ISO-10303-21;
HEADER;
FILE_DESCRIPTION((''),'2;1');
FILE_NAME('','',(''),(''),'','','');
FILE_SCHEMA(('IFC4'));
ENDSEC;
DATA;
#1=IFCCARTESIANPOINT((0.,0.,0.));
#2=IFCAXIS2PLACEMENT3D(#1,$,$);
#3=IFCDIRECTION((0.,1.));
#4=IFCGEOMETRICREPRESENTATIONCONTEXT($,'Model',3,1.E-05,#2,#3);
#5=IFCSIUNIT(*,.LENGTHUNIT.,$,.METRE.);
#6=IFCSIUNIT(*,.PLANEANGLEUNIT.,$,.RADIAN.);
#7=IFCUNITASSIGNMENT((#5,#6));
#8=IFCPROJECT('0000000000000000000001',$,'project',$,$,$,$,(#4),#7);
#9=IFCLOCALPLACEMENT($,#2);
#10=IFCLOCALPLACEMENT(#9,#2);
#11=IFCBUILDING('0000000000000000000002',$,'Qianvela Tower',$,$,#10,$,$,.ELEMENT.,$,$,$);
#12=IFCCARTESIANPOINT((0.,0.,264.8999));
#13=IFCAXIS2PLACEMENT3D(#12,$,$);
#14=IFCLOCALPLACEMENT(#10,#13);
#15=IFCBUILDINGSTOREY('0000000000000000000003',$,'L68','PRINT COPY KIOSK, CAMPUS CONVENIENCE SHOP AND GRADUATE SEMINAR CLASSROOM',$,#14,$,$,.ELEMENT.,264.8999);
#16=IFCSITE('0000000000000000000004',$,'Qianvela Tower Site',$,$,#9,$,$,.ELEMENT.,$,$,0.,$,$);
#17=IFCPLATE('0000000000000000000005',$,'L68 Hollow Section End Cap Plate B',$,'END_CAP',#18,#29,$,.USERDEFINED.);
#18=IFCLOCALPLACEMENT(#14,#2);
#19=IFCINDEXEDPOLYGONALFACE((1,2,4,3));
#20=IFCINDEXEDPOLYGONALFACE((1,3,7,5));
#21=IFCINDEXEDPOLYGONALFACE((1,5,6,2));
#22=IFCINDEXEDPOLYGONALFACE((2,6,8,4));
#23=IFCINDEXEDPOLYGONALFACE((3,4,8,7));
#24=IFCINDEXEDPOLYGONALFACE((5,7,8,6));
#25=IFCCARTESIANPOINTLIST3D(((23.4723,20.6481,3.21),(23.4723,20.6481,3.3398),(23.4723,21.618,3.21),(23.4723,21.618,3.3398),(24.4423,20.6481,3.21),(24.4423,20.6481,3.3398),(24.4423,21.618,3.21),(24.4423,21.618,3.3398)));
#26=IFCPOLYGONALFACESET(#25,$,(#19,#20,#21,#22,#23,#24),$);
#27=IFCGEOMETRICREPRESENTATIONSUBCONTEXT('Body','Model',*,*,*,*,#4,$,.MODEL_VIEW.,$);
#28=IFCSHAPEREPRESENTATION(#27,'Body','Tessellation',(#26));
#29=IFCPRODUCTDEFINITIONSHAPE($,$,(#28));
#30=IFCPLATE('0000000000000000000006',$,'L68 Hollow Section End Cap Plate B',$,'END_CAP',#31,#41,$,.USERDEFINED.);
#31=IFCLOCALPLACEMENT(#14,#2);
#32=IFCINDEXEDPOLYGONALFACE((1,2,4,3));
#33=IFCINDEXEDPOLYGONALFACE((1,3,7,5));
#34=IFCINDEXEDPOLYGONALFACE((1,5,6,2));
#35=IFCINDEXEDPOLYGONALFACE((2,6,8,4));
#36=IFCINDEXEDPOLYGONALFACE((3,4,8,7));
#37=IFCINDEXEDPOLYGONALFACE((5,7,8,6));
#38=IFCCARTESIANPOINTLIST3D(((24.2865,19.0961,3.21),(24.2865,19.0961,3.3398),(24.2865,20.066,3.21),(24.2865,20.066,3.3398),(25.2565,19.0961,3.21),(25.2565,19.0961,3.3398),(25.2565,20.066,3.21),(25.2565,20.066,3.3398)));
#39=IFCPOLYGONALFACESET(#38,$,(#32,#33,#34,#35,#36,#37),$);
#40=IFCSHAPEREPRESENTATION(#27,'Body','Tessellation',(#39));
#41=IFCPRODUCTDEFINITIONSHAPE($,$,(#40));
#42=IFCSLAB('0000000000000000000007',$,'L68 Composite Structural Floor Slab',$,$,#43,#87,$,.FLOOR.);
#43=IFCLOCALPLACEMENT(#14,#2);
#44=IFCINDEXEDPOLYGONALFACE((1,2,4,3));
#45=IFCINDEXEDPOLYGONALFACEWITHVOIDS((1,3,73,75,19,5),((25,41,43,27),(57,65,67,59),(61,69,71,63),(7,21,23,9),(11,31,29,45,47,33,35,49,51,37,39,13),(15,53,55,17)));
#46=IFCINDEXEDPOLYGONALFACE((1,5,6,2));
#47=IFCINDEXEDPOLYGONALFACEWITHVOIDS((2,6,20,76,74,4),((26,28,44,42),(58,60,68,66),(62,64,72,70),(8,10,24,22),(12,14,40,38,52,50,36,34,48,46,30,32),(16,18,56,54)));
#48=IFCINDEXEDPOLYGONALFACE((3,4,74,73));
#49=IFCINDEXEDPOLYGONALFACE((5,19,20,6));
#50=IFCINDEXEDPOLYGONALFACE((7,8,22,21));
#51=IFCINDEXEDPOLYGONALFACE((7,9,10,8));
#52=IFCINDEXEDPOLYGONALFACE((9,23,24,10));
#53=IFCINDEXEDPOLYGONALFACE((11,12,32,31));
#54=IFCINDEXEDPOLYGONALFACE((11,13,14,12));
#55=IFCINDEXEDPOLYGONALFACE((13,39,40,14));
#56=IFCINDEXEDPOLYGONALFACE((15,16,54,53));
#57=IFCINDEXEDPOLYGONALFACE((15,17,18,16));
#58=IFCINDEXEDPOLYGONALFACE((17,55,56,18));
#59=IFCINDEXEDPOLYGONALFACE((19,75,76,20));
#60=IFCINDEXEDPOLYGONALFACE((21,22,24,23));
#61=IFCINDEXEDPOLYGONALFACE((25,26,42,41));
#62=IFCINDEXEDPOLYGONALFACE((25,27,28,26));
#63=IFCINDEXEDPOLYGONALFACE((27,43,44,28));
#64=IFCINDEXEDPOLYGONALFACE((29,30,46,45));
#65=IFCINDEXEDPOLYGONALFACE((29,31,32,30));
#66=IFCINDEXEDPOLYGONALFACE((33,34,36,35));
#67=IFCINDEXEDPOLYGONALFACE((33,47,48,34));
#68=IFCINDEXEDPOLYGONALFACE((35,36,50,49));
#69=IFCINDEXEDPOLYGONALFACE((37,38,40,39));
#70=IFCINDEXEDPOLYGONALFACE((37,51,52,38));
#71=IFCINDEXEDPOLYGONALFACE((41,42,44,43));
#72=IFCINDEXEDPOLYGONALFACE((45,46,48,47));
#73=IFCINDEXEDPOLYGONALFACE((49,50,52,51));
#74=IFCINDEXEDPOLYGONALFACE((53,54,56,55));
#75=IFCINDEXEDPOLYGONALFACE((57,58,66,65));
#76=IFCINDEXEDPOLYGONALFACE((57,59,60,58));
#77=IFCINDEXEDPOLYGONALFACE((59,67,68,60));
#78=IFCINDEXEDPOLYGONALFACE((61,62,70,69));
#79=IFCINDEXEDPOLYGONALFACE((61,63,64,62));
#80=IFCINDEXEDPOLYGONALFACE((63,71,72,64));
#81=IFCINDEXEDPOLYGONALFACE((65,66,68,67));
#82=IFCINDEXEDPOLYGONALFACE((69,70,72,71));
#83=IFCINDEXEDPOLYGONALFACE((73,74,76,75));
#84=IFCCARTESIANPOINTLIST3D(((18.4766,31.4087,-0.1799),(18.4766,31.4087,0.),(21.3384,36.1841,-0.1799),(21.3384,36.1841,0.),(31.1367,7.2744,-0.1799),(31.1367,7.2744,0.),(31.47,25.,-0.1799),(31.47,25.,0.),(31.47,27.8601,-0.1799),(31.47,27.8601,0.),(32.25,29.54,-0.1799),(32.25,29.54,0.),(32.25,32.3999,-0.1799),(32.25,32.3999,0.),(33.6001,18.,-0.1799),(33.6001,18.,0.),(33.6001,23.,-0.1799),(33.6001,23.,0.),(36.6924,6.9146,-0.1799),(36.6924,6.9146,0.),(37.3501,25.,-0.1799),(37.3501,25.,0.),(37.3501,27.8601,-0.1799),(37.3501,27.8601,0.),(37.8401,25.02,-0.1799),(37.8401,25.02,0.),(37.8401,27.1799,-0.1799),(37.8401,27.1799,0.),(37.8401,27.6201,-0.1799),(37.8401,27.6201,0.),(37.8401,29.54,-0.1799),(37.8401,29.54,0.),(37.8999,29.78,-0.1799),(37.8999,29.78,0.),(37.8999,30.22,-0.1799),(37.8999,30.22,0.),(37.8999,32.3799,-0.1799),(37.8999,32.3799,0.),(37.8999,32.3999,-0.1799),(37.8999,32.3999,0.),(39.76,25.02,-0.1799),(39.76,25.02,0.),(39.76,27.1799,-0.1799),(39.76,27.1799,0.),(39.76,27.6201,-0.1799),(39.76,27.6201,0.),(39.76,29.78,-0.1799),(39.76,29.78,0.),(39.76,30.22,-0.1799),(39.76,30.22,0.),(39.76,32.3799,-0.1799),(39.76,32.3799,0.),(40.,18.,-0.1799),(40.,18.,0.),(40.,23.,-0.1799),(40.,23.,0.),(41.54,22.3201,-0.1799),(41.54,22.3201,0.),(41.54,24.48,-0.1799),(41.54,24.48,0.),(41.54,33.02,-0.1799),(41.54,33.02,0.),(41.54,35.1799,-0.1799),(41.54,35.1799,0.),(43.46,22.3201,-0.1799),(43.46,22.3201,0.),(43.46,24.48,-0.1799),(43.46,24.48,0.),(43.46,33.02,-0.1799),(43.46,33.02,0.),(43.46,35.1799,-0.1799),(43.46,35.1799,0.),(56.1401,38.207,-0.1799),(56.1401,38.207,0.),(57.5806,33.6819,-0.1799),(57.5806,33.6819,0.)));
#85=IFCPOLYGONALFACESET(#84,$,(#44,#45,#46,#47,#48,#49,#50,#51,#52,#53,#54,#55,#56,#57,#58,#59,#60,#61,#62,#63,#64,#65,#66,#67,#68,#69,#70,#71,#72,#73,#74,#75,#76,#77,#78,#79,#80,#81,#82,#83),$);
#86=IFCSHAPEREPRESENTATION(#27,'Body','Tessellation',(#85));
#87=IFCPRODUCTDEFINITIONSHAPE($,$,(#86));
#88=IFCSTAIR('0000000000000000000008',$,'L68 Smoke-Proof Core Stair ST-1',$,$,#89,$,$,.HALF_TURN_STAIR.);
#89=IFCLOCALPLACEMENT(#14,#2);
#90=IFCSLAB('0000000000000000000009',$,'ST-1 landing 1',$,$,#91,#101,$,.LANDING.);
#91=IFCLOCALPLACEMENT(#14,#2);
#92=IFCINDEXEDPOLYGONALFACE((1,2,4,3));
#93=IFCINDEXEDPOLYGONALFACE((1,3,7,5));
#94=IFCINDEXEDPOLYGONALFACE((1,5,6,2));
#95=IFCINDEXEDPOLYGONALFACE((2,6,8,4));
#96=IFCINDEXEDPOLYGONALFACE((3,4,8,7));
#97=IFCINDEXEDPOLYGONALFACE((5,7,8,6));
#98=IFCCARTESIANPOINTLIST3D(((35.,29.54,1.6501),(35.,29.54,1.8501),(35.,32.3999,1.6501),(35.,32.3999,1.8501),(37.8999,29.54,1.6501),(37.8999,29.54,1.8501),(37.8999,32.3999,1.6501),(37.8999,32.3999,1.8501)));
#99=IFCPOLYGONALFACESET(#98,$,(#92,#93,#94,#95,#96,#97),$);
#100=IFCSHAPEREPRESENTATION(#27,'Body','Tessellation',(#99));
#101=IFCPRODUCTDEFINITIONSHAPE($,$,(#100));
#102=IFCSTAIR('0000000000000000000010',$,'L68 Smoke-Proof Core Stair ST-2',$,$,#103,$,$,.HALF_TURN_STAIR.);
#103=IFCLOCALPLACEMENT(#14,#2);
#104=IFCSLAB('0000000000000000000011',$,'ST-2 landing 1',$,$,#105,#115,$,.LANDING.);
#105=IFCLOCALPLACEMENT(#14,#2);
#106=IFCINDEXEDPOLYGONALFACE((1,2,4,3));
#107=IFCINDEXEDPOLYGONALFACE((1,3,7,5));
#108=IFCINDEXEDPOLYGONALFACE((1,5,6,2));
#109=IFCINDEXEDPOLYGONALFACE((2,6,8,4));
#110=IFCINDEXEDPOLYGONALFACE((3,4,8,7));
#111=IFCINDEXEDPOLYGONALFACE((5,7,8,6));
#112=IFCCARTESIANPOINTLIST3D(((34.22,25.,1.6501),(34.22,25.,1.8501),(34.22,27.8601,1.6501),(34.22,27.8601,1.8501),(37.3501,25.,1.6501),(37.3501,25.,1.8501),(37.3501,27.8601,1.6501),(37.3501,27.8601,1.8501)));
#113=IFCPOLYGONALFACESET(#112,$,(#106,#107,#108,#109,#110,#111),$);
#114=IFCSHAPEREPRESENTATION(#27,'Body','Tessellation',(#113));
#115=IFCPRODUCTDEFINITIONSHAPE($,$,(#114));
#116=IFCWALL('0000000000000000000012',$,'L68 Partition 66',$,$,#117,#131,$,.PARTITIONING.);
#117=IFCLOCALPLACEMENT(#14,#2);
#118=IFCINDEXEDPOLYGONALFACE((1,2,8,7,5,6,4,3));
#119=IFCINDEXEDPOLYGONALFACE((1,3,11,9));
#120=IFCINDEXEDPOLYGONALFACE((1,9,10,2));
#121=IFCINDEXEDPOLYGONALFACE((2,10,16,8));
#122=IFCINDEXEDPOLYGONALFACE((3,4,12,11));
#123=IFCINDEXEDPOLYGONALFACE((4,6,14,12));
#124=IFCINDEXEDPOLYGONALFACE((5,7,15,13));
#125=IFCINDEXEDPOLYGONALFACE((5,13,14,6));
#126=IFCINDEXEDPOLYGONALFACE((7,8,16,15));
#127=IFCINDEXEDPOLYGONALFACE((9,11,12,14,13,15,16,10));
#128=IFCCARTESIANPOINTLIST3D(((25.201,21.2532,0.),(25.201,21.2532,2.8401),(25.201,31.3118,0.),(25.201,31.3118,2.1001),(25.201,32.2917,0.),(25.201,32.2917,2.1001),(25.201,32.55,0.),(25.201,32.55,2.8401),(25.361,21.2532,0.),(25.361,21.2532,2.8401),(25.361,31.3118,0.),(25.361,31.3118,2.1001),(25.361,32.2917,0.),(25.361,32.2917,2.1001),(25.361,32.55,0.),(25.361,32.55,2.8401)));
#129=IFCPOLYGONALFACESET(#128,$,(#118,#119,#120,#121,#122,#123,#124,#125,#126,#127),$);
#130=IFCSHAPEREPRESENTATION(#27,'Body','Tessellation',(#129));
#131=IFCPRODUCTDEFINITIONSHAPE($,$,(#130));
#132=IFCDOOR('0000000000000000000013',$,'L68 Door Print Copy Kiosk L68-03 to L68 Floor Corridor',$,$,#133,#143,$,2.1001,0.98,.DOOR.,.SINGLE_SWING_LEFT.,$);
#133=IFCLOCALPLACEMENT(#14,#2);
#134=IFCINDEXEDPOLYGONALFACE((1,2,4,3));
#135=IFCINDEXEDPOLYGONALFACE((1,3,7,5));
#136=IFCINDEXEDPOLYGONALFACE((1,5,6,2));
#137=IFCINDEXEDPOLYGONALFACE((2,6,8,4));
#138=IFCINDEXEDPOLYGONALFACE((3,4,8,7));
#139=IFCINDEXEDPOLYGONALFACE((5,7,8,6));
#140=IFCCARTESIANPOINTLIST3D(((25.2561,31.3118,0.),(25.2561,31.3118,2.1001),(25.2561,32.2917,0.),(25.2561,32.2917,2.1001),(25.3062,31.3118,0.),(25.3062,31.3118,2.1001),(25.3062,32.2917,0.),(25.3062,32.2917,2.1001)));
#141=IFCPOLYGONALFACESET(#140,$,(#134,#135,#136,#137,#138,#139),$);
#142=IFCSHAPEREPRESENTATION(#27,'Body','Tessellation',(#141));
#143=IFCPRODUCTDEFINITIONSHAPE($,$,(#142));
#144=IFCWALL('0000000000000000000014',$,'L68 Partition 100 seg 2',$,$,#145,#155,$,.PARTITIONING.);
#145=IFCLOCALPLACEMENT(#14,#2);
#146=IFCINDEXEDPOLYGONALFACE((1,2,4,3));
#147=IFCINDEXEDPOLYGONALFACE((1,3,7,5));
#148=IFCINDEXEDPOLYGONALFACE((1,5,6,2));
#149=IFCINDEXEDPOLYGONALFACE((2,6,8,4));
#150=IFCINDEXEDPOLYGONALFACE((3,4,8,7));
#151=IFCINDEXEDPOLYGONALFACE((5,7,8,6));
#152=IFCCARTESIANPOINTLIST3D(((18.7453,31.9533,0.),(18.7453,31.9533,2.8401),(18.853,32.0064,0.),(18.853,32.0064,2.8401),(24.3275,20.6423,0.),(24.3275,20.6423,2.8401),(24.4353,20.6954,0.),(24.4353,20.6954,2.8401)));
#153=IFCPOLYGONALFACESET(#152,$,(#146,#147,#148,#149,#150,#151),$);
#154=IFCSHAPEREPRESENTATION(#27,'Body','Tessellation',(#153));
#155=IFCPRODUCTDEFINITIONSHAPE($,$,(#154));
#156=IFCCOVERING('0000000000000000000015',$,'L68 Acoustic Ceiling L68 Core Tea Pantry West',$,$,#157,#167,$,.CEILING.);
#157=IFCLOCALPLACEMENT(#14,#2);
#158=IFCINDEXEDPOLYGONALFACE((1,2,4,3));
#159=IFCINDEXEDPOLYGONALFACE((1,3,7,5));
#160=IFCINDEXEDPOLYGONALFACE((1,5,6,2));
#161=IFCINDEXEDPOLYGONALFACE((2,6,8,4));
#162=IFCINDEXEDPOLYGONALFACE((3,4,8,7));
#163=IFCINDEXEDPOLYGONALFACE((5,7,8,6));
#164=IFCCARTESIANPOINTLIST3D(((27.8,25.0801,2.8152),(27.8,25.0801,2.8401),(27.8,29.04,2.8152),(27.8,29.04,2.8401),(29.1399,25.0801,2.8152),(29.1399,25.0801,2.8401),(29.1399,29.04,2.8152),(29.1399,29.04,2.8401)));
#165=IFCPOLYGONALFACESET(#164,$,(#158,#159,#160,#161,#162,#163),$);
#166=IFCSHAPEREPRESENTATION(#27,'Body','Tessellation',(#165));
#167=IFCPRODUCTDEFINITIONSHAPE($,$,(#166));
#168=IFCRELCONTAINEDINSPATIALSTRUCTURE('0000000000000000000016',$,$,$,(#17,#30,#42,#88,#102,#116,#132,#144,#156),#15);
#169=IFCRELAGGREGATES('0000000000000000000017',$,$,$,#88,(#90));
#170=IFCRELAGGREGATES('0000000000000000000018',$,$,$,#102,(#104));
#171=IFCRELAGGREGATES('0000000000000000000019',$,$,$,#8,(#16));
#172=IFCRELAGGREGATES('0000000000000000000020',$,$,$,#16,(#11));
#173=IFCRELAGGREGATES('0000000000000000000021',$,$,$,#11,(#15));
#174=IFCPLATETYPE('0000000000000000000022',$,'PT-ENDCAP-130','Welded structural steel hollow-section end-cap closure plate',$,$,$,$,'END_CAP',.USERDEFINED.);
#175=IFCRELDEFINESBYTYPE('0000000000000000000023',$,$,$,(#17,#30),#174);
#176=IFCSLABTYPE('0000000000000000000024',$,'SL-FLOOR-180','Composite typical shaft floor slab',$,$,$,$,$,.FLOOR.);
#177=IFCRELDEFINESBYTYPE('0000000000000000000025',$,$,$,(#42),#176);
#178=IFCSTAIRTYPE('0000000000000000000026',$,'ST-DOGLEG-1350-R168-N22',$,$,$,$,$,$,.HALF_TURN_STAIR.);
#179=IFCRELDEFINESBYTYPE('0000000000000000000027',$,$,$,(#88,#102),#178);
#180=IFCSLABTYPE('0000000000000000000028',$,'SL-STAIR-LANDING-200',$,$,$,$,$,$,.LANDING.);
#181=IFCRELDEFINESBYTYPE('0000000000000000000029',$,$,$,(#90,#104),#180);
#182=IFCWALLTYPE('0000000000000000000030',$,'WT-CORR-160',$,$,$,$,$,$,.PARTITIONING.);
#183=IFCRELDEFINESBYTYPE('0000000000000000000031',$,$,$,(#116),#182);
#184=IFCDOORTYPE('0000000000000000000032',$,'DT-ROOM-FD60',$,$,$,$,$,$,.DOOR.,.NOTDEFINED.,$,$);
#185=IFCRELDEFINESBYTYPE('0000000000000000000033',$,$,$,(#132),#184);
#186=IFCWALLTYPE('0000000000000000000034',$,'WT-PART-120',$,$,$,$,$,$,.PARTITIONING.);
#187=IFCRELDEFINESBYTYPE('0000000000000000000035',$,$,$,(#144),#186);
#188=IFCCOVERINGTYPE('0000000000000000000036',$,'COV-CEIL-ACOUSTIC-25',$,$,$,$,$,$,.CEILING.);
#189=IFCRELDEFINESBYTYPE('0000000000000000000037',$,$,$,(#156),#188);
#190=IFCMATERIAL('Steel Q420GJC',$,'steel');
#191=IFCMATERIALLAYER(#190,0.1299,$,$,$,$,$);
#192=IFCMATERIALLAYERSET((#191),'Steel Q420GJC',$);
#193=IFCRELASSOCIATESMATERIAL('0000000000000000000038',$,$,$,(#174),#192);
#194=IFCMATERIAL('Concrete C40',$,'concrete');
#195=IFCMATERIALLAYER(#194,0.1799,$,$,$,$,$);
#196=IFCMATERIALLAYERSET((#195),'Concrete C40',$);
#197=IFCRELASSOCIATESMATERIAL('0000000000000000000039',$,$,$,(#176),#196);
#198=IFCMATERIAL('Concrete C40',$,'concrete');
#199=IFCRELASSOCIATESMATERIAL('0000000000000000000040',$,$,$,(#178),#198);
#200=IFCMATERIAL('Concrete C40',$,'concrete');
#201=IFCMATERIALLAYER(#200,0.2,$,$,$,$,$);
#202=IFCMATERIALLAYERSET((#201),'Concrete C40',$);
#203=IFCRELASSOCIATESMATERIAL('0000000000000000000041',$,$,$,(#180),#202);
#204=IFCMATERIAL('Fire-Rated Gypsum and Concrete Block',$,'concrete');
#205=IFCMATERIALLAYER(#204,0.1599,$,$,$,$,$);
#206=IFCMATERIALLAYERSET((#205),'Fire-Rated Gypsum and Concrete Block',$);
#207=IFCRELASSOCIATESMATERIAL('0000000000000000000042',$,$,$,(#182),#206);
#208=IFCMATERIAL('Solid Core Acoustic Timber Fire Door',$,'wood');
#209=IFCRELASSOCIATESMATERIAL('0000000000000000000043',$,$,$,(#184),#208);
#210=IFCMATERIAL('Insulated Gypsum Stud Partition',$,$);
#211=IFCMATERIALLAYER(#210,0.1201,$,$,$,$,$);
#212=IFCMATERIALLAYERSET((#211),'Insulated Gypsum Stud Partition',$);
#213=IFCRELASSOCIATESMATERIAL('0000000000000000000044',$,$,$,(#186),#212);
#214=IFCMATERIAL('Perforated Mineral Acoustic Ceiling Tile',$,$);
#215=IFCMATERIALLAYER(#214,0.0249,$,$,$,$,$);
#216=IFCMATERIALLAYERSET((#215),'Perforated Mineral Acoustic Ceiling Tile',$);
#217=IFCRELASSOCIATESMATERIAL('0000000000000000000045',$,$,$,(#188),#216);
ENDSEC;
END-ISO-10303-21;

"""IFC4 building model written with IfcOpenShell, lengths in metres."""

from ifc_helpers import new_model, si_unit, direction, frame, frame_2d, origin, origin_2d, place, context, subcontext, project, spatial, polyline, rectangle, outline, extrude, material, layer, layer_set, type_object, element, fill, aggregate, save


model = new_model("IFC4")

# Units and contexts
model_context = context("Model", 3, precision=1e-05, world=origin(), true_north=direction((0.0, 1.0)))
body_context = subcontext(model_context, "Body", "Model", "MODEL_VIEW")
ifc_project = project(units=[si_unit("LENGTHUNIT", "METRE"), si_unit("PLANEANGLEUNIT", "RADIAN")], contexts=[model_context])

# Site, building, storey
site_placement = place(None, origin())
site = spatial("IfcSite", under=ifc_project, at=site_placement, Name="Qianvela Tower Site", CompositionType="ELEMENT", RefElevation=0.0)
building_placement = place(site_placement, origin())
building = spatial("IfcBuilding", under=site, at=building_placement, Name="Qianvela Tower", CompositionType="ELEMENT")
storey_placement = place(building_placement, frame((0.0, 0.0, 264.8999)))
storey = spatial("IfcBuildingStorey", under=building, at=storey_placement, Name="L68", Description="PRINT COPY KIOSK, CAMPUS CONVENIENCE SHOP AND GRADUATE SEMINAR CLASSROOM", CompositionType="ELEMENT", Elevation=264.8999)

# Plates
ifc_material_1 = material(Name="Steel Q420GJC", Category="steel")
ifc_layer_1 = layer(ifc_material_1, 0.1299)
ifc_layer_set_1 = layer_set([ifc_layer_1], Name="Steel Q420GJC")
plate_type_1 = type_object("IfcPlateType", Name="PT-ENDCAP-130", Description="Welded structural steel hollow-section end-cap closure plate", ElementType="END_CAP", PredefinedType="USERDEFINED", material=ifc_layer_set_1)
for number, where, z_axis, x_axis, name in (
    (1, (23.9573, 21.1331, 3.21), (0.0, 0.0, 1.0), (1.0, 0.0, 0.0), "L68 Hollow Section End Cap Plate B"),
    (2, (24.7715, 19.5811, 3.21), (0.0, 0.0, 1.0), (1.0, 0.0, 0.0), "L68 Hollow Section End Cap Plate B"),
):
    element("IfcPlate", number, at=place(storey_placement, frame(where, z_axis=z_axis, x_axis=x_axis)), inside=storey, type_object=plate_type_1, Name=name, ObjectType="END_CAP", PredefinedType="USERDEFINED", context=body_context, shape_type="SweptSolid", body=[
        extrude(rectangle(XDim=0.97, YDim=0.97, at=origin_2d()), origin(), (0.0, 0.0, 1.0), 0.1299),
    ])

# Slab
ifc_material_2 = material(Name="Concrete C40", Category="concrete")
ifc_layer_2 = layer(ifc_material_2, 0.1799)
ifc_layer_set_2 = layer_set([ifc_layer_2], Name="Concrete C40")
slab_type_1 = type_object("IfcSlabType", Name="SL-FLOOR-180", Description="Composite typical shaft floor slab", PredefinedType="FLOOR", material=ifc_layer_set_2)
slab_1_placement = place(storey_placement, frame((0.0, 0.0, -0.1799)))
element("IfcSlab", 3, at=slab_1_placement, inside=storey, type_object=slab_type_1, Name="L68 Composite Structural Floor Slab", PredefinedType="FLOOR", context=body_context, shape_type="SweptSolid", body=[
    extrude(outline(polyline([(57.5806, 33.6819), (56.1401, 38.207), (21.3384, 36.1841), (18.4766, 31.4087), (31.1367, 7.2744), (36.6924, 6.9146), (57.5806, 33.6819)]), holes=[polyline([(40.0, 23.0), (33.6001, 23.0), (33.6001, 18.0), (40.0, 18.0), (40.0, 23.0)]), polyline([(43.46, 24.48), (41.54, 24.48), (41.54, 22.3201), (43.46, 22.3201), (43.46, 24.48)]), polyline([(39.76, 27.1799), (37.8401, 27.1799), (37.8401, 25.02), (39.76, 25.02), (39.76, 27.1799)]), polyline([(37.3501, 27.8601), (31.47, 27.8601), (31.47, 25.0), (37.3501, 25.0), (37.3501, 27.8601)]), polyline([(39.76, 27.6201), (39.76, 29.78), (37.8999, 29.78), (37.8999, 30.22), (39.76, 30.22), (39.76, 32.3799), (37.8999, 32.3799), (37.8999, 32.3999), (32.25, 32.3999), (32.25, 29.54), (37.8401, 29.54), (37.8401, 27.6201), (39.76, 27.6201)]), polyline([(43.46, 35.1799), (41.54, 35.1799), (41.54, 33.02), (43.46, 33.02), (43.46, 35.1799)])]), origin(), (0.0, 0.0, 1.0), 0.1799),
])

# Stairs, slabs
ifc_material_3 = material(Name="Concrete C40", Category="concrete")
stair_type = type_object("IfcStairType", Name="ST-DOGLEG-1350-R168-N22", PredefinedType="HALF_TURN_STAIR", material=ifc_material_3)
stair_1_placement = place(storey_placement, origin())
stair_1 = element("IfcStair", 4, at=stair_1_placement, inside=storey, type_object=stair_type, Name="L68 Smoke-Proof Core Stair ST-1", PredefinedType="HALF_TURN_STAIR")
ifc_material_4 = material(Name="Concrete C40", Category="concrete")
ifc_layer_3 = layer(ifc_material_4, 0.2)
ifc_layer_set_3 = layer_set([ifc_layer_3], Name="Concrete C40")
slab_type_2 = type_object("IfcSlabType", Name="SL-STAIR-LANDING-200", PredefinedType="LANDING", material=ifc_layer_set_3)
slab_2_placement = place(storey_placement, frame((0.0, 0.0, 1.6501)))
slab_2 = element("IfcSlab", 5, at=slab_2_placement, type_object=slab_type_2, Name="ST-1 landing 1", PredefinedType="LANDING", context=body_context, shape_type="SweptSolid", body=[
    extrude(outline(polyline([(35.0, 29.54), (37.8999, 29.54), (37.8999, 32.3999), (35.0, 32.3999), (35.0, 29.54)])), origin(), (0.0, 0.0, 1.0), 0.2),
])
aggregate(stair_1, [slab_2])
stair_2_placement = place(storey_placement, origin())
stair_2 = element("IfcStair", 6, at=stair_2_placement, inside=storey, type_object=stair_type, Name="L68 Smoke-Proof Core Stair ST-2", PredefinedType="HALF_TURN_STAIR")
slab_3_placement = place(storey_placement, frame((0.0, 0.0, 1.6501)))
slab_3 = element("IfcSlab", 7, at=slab_3_placement, type_object=slab_type_2, Name="ST-2 landing 1", PredefinedType="LANDING", context=body_context, shape_type="SweptSolid", body=[
    extrude(outline(polyline([(34.22, 25.0), (37.3501, 25.0), (37.3501, 27.8601), (34.22, 27.8601), (34.22, 25.0)])), origin(), (0.0, 0.0, 1.0), 0.2),
])
aggregate(stair_2, [slab_3])

# Wall, opening, door
ifc_material_5 = material(Name="Fire-Rated Gypsum and Concrete Block", Category="concrete")
ifc_layer_4 = layer(ifc_material_5, 0.1599)
ifc_layer_set_4 = layer_set([ifc_layer_4], Name="Fire-Rated Gypsum and Concrete Block")
wall_type_1 = type_object("IfcWallType", Name="WT-CORR-160", PredefinedType="PARTITIONING", material=ifc_layer_set_4)
wall_1_placement = place(storey_placement, frame((25.281, 21.2532, 0.0), z_axis=(0.0, 0.0, 1.0), x_axis=(0.0, 1.0, 0.0)))
wall_1 = element("IfcWall", 8, at=wall_1_placement, inside=storey, type_object=wall_type_1, Name="L68 Partition 66", PredefinedType="PARTITIONING", context=body_context, shape_type="SweptSolid", body=[
    extrude(rectangle(XDim=11.2969, YDim=0.1599, at=frame_2d((5.6484, 0.0))), origin(), (0.0, 0.0, 1.0), 2.8401),
])
opening_placement = place(wall_1_placement, frame((10.0586, 0.0, 0.0)))
opening = element("IfcOpeningElement", 9, at=opening_placement, cuts=wall_1, PredefinedType="OPENING", context=body_context, shape_type="SweptSolid", body=[
    extrude(rectangle(XDim=0.98, YDim=2.1001, at=frame_2d((0.49, 1.05))), frame((0.0, 0.0898, 0.0), z_axis=(0.0, -1.0, 0.0), x_axis=(1.0, 0.0, 0.0)), (0.0, 0.0, 1.0), 0.1799),
])
ifc_material_6 = material(Name="Solid Core Acoustic Timber Fire Door", Category="wood")
door_type = type_object("IfcDoorType", Name="DT-ROOM-FD60", OperationType="NOTDEFINED", PredefinedType="DOOR", material=ifc_material_6)
door_placement = place(opening_placement, origin())
door = element("IfcDoor", 10, at=door_placement, inside=storey, type_object=door_type, Name="L68 Door Print Copy Kiosk L68-03 to L68 Floor Corridor", OperationType="SINGLE_SWING_LEFT", OverallHeight=2.1001, OverallWidth=0.98, PredefinedType="DOOR", context=body_context, shape_type="SweptSolid", body=[
    extrude(rectangle(XDim=0.98, YDim=2.1001, at=frame_2d((0.49, 1.05))), frame((0.0, 0.0249, 0.0), z_axis=(0.0, -1.0, 0.0), x_axis=(1.0, 0.0, 0.0)), (0.0, 0.0, 1.0), 0.05),
])
fill(opening, door)

# Wall
ifc_material_7 = material(Name="Insulated Gypsum Stud Partition")
ifc_layer_5 = layer(ifc_material_7, 0.1201)
ifc_layer_set_5 = layer_set([ifc_layer_5], Name="Insulated Gypsum Stud Partition")
wall_type_2 = type_object("IfcWallType", Name="WT-PART-120", PredefinedType="PARTITIONING", material=ifc_layer_set_5)
wall_2_placement = place(storey_placement, frame((24.3813, 20.6689, 0.0), z_axis=(0.0, 0.0, 1.0), x_axis=(-0.442562, 0.896738, 0.0)))
element("IfcWall", 11, at=wall_2_placement, inside=storey, type_object=wall_type_2, Name="L68 Partition 100 seg 2", PredefinedType="PARTITIONING", context=body_context, shape_type="SweptSolid", body=[
    extrude(rectangle(XDim=12.6135, YDim=0.1201, at=frame_2d((6.3066, 0.0))), origin(), (0.0, 0.0, 1.0), 2.8401),
])

# Covering
ifc_material_8 = material(Name="Perforated Mineral Acoustic Ceiling Tile")
ifc_layer_6 = layer(ifc_material_8, 0.0249)
ifc_layer_set_6 = layer_set([ifc_layer_6], Name="Perforated Mineral Acoustic Ceiling Tile")
covering_type_1 = type_object("IfcCoveringType", Name="COV-CEIL-ACOUSTIC-25", PredefinedType="CEILING", material=ifc_layer_set_6)
covering_1_placement = place(storey_placement, frame((0.0, 0.0, 2.8152)))
element("IfcCovering", 12, at=covering_1_placement, inside=storey, type_object=covering_type_1, Name="L68 Acoustic Ceiling L68 Core Tea Pantry West", PredefinedType="CEILING", context=body_context, shape_type="SweptSolid", body=[
    extrude(outline(polyline([(27.8, 25.0801), (27.8, 29.04), (29.1399, 29.04), (29.1399, 25.0801), (27.8, 25.0801)])), origin(), (0.0, 0.0, 1.0), 0.0249),
])

save(model, "model.ifc")
